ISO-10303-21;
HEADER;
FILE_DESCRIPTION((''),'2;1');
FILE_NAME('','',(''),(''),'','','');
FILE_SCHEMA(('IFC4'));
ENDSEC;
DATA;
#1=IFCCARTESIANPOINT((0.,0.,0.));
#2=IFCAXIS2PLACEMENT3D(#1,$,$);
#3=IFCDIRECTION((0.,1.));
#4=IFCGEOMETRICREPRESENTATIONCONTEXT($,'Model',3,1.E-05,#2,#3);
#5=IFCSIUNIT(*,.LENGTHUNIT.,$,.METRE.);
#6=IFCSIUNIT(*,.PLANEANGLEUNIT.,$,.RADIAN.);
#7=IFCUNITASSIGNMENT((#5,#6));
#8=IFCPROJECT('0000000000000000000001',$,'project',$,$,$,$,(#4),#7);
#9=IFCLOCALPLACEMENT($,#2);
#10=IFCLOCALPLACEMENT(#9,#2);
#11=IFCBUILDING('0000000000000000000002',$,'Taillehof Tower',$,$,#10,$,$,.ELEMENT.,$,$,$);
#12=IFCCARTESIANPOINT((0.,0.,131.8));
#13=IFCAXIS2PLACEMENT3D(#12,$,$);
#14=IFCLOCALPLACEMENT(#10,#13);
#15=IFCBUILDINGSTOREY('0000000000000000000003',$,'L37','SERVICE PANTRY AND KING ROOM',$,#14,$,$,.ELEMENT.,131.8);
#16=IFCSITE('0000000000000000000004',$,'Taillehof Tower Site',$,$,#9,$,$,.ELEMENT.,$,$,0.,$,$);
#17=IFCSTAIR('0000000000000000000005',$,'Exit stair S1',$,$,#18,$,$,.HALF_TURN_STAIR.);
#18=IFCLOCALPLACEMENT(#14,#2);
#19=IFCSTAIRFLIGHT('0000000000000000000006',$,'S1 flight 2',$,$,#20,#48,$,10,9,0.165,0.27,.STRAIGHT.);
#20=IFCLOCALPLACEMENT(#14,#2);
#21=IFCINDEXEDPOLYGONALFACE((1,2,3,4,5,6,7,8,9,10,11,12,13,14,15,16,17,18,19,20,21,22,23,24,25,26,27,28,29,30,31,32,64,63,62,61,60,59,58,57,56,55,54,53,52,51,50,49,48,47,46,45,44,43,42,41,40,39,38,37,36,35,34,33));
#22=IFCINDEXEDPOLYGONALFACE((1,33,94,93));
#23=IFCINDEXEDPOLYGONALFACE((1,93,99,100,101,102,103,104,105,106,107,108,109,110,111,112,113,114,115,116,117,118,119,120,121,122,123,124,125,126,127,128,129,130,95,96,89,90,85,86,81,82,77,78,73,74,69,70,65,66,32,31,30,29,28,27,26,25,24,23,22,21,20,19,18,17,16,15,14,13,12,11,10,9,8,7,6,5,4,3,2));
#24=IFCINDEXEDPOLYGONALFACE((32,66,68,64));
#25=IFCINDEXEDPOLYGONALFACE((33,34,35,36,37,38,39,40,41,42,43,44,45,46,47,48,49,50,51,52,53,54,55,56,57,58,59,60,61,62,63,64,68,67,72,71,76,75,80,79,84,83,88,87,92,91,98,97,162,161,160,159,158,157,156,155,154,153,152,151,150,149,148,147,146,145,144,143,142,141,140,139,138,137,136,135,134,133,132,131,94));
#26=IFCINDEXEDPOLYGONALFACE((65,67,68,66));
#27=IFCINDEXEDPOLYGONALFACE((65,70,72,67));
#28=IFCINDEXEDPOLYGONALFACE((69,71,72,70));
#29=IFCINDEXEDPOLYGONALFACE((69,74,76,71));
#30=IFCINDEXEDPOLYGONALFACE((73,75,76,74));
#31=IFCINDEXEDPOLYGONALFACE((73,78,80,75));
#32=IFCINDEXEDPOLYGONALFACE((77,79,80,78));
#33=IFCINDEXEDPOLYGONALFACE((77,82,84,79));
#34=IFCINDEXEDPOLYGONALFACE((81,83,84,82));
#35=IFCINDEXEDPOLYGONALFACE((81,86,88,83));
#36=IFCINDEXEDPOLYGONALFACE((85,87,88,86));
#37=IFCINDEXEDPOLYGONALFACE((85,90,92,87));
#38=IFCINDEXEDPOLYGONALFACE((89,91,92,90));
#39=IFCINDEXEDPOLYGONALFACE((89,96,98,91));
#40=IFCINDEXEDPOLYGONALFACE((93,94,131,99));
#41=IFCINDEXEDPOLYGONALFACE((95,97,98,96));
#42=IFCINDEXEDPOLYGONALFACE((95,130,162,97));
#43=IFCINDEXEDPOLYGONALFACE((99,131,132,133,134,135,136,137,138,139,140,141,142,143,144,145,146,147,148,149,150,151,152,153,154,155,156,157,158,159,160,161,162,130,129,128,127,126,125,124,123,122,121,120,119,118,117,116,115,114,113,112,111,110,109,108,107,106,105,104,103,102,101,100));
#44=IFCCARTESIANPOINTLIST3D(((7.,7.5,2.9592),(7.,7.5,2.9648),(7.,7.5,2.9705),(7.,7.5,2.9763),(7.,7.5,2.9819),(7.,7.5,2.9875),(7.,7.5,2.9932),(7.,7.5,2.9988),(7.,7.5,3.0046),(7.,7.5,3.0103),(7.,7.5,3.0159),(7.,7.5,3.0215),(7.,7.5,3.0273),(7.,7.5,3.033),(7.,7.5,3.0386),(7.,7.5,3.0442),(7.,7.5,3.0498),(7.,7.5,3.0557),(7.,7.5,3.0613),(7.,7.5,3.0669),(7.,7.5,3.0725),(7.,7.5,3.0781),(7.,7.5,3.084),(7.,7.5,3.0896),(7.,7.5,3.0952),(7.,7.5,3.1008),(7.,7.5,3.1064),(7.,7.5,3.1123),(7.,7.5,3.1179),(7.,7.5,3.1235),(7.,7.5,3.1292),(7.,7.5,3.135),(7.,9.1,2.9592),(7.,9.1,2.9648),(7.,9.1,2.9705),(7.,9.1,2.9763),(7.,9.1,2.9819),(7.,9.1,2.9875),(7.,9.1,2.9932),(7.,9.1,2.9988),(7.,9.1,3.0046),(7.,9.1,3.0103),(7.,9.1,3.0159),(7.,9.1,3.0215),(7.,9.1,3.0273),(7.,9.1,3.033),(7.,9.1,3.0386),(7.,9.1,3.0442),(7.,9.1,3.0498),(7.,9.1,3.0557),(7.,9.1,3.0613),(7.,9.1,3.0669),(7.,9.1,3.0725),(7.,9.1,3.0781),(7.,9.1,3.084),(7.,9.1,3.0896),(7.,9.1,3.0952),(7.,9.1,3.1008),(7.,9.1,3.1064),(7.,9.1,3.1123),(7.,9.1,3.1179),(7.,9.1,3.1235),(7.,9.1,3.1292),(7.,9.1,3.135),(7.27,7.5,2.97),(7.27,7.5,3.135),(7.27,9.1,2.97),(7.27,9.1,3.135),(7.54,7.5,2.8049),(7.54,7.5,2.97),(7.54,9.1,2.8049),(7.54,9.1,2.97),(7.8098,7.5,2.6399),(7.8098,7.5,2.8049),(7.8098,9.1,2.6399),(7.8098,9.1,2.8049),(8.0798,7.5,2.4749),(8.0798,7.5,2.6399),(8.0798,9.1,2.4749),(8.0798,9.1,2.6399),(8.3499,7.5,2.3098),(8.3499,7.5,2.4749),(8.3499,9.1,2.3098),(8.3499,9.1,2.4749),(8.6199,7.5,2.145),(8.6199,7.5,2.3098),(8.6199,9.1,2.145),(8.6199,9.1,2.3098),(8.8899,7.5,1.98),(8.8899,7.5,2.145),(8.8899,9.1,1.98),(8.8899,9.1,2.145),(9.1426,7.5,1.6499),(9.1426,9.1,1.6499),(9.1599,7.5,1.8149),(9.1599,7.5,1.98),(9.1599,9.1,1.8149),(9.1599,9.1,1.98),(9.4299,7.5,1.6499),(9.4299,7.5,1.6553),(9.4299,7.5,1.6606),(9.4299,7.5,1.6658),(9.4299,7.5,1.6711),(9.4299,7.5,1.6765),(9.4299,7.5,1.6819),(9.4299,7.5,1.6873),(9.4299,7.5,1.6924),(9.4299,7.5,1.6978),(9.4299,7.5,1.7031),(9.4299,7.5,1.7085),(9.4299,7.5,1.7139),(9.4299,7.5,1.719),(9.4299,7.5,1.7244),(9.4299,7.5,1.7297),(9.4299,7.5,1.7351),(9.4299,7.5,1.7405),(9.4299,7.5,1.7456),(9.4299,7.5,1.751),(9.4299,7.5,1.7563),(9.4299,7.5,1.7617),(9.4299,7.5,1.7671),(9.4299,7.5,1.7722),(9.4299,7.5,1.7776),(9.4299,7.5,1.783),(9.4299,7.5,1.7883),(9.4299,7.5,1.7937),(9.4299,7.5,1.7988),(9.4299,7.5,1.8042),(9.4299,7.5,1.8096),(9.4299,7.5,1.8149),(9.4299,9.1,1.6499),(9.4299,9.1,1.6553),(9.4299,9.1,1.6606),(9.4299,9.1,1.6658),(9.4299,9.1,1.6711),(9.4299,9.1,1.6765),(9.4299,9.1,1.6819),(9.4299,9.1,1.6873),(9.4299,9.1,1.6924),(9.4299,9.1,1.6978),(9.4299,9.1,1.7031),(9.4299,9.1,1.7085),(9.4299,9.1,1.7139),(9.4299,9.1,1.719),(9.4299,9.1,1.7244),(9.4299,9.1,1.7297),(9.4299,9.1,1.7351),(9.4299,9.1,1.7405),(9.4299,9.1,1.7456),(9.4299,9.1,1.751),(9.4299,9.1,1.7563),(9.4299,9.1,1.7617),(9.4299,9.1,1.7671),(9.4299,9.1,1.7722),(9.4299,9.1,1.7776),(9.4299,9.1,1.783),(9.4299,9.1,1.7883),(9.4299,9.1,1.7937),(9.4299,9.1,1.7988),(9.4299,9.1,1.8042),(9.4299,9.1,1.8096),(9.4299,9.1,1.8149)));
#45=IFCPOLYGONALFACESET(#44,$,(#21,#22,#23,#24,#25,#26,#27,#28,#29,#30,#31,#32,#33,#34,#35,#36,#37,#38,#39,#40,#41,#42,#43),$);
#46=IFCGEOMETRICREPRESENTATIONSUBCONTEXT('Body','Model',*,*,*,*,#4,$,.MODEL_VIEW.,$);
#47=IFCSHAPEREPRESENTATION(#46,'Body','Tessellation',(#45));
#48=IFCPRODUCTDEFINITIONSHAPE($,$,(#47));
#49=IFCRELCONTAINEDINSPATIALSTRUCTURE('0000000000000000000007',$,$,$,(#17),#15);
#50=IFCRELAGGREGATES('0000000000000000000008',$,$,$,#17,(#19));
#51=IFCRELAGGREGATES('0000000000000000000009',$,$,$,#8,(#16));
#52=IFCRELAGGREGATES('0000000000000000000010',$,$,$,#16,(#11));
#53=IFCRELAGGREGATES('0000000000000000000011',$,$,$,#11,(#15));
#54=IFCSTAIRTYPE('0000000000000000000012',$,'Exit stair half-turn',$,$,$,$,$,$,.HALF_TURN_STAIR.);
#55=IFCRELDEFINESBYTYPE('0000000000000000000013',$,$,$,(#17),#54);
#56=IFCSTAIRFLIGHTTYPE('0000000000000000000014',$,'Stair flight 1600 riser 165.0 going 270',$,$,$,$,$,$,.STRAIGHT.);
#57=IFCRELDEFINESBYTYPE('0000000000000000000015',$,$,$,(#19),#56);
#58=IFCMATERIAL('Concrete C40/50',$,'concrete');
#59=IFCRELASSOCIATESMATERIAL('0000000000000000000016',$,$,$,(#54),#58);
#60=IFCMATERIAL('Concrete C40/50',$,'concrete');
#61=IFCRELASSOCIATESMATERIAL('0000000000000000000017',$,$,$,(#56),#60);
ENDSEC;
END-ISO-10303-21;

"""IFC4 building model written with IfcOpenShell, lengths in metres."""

from ifc_helpers import new_model, si_unit, direction, frame, origin, place, context, subcontext, project, spatial, polyline, outline, extrude, material, type_object, element, aggregate, save


model = new_model("IFC4")

# Units and contexts
model_context = context("Model", 3, precision=1e-05, world=origin(), true_north=direction((0.0, 1.0)))
body_context = subcontext(model_context, "Body", "Model", "MODEL_VIEW")
ifc_project = project(units=[si_unit("LENGTHUNIT", "METRE"), si_unit("PLANEANGLEUNIT", "RADIAN")], contexts=[model_context])

# Site, building, storey
site_placement = place(None, origin())
site = spatial("IfcSite", under=ifc_project, at=site_placement, Name="Taillehof Tower Site", CompositionType="ELEMENT", RefElevation=0.0)
building_placement = place(site_placement, origin())
building = spatial("IfcBuilding", under=site, at=building_placement, Name="Taillehof Tower", CompositionType="ELEMENT")
storey_placement = place(building_placement, frame((0.0, 0.0, 131.8)))
storey = spatial("IfcBuildingStorey", under=building, at=storey_placement, Name="L37", Description="SERVICE PANTRY AND KING ROOM", CompositionType="ELEMENT", Elevation=131.8)

# Stair, stair flight
ifc_material_1 = material(Name="Concrete C40/50", Category="concrete")
stair_type = type_object("IfcStairType", Name="Exit stair half-turn", PredefinedType="HALF_TURN_STAIR", material=ifc_material_1)
stair_placement = place(storey_placement, origin())
stair = element("IfcStair", 1, at=stair_placement, inside=storey, type_object=stair_type, Name="Exit stair S1", PredefinedType="HALF_TURN_STAIR")
ifc_material_2 = material(Name="Concrete C40/50", Category="concrete")
stair_flight_type = type_object("IfcStairFlightType", Name="Stair flight 1600 riser 165.0 going 270", PredefinedType="STRAIGHT", material=ifc_material_2)
stair_flight_placement = place(storey_placement, frame((9.4299, 8.3, 1.6499), z_axis=(0.0, 0.0, 1.0), x_axis=(-1.0, 0.0, 0.0)))
stair_flight = element("IfcStairFlight", 2, at=stair_flight_placement, type_object=stair_flight_type, Name="S1 flight 2", NumberOfRisers=10, NumberOfTreads=9, PredefinedType="STRAIGHT", RiserHeight=0.165, TreadLength=0.27, context=body_context, shape_type="SweptSolid", body=[
    extrude(outline(polyline([(0.0, 0.0), (0.0, 0.0054), (0.0, 0.0107), (0.0, 0.0159), (0.0, 0.0212), (0.0, 0.0266), (0.0, 0.032), (0.0, 0.0374), (0.0, 0.0425), (0.0, 0.0479), (0.0, 0.0532), (0.0, 0.0586), (0.0, 0.064), (0.0, 0.0691), (0.0, 0.0745), (0.0, 0.0798), (0.0, 0.0852), (0.0, 0.0906), (0.0, 0.0957), (0.0, 0.1011), (0.0, 0.1064), (0.0, 0.1118), (0.0, 0.1172), (0.0, 0.1223), (0.0, 0.1277), (0.0, 0.1331), (0.0, 0.1384), (0.0, 0.1438), (0.0, 0.1489), (0.0, 0.1543), (0.0, 0.1597), (0.0, 0.165), (0.27, 0.165), (0.27, 0.3301), (0.54, 0.3301), (0.54, 0.4951), (0.8101, 0.4951), (0.8101, 0.6599), (1.0801, 0.6599), (1.0801, 0.825), (1.3501, 0.825), (1.3501, 0.99), (1.6201, 0.99), (1.6201, 1.155), (1.8899, 1.155), (1.8899, 1.3201), (2.1599, 1.3201), (2.1599, 1.4851), (2.4299, 1.4851), (2.4299, 1.4792), (2.4299, 1.4736), (2.4299, 1.468), (2.4299, 1.4624), (2.4299, 1.4565), (2.4299, 1.4509), (2.4299, 1.4453), (2.4299, 1.4397), (2.4299, 1.4341), (2.4299, 1.4282), (2.4299, 1.4226), (2.4299, 1.417), (2.4299, 1.4114), (2.4299, 1.4058), (2.4299, 1.3999), (2.4299, 1.3943), (2.4299, 1.3887), (2.4299, 1.3831), (2.4299, 1.3774), (2.4299, 1.3716), (2.4299, 1.366), (2.4299, 1.3604), (2.4299, 1.3547), (2.4299, 1.3489), (2.4299, 1.3433), (2.4299, 1.3376), (2.4299, 1.332), (2.4299, 1.3264), (2.4299, 1.3206), (2.4299, 1.3149), (2.4299, 1.3093), (0.2874, 0.0), (0.0, 0.0)])), frame((0.0, 0.8, 0.0), z_axis=(0.0, -1.0, 0.0), x_axis=(1.0, 0.0, 0.0)), (0.0, 0.0, 1.0), 1.6),
])
aggregate(stair, [stair_flight])

save(model, "model.ifc")
